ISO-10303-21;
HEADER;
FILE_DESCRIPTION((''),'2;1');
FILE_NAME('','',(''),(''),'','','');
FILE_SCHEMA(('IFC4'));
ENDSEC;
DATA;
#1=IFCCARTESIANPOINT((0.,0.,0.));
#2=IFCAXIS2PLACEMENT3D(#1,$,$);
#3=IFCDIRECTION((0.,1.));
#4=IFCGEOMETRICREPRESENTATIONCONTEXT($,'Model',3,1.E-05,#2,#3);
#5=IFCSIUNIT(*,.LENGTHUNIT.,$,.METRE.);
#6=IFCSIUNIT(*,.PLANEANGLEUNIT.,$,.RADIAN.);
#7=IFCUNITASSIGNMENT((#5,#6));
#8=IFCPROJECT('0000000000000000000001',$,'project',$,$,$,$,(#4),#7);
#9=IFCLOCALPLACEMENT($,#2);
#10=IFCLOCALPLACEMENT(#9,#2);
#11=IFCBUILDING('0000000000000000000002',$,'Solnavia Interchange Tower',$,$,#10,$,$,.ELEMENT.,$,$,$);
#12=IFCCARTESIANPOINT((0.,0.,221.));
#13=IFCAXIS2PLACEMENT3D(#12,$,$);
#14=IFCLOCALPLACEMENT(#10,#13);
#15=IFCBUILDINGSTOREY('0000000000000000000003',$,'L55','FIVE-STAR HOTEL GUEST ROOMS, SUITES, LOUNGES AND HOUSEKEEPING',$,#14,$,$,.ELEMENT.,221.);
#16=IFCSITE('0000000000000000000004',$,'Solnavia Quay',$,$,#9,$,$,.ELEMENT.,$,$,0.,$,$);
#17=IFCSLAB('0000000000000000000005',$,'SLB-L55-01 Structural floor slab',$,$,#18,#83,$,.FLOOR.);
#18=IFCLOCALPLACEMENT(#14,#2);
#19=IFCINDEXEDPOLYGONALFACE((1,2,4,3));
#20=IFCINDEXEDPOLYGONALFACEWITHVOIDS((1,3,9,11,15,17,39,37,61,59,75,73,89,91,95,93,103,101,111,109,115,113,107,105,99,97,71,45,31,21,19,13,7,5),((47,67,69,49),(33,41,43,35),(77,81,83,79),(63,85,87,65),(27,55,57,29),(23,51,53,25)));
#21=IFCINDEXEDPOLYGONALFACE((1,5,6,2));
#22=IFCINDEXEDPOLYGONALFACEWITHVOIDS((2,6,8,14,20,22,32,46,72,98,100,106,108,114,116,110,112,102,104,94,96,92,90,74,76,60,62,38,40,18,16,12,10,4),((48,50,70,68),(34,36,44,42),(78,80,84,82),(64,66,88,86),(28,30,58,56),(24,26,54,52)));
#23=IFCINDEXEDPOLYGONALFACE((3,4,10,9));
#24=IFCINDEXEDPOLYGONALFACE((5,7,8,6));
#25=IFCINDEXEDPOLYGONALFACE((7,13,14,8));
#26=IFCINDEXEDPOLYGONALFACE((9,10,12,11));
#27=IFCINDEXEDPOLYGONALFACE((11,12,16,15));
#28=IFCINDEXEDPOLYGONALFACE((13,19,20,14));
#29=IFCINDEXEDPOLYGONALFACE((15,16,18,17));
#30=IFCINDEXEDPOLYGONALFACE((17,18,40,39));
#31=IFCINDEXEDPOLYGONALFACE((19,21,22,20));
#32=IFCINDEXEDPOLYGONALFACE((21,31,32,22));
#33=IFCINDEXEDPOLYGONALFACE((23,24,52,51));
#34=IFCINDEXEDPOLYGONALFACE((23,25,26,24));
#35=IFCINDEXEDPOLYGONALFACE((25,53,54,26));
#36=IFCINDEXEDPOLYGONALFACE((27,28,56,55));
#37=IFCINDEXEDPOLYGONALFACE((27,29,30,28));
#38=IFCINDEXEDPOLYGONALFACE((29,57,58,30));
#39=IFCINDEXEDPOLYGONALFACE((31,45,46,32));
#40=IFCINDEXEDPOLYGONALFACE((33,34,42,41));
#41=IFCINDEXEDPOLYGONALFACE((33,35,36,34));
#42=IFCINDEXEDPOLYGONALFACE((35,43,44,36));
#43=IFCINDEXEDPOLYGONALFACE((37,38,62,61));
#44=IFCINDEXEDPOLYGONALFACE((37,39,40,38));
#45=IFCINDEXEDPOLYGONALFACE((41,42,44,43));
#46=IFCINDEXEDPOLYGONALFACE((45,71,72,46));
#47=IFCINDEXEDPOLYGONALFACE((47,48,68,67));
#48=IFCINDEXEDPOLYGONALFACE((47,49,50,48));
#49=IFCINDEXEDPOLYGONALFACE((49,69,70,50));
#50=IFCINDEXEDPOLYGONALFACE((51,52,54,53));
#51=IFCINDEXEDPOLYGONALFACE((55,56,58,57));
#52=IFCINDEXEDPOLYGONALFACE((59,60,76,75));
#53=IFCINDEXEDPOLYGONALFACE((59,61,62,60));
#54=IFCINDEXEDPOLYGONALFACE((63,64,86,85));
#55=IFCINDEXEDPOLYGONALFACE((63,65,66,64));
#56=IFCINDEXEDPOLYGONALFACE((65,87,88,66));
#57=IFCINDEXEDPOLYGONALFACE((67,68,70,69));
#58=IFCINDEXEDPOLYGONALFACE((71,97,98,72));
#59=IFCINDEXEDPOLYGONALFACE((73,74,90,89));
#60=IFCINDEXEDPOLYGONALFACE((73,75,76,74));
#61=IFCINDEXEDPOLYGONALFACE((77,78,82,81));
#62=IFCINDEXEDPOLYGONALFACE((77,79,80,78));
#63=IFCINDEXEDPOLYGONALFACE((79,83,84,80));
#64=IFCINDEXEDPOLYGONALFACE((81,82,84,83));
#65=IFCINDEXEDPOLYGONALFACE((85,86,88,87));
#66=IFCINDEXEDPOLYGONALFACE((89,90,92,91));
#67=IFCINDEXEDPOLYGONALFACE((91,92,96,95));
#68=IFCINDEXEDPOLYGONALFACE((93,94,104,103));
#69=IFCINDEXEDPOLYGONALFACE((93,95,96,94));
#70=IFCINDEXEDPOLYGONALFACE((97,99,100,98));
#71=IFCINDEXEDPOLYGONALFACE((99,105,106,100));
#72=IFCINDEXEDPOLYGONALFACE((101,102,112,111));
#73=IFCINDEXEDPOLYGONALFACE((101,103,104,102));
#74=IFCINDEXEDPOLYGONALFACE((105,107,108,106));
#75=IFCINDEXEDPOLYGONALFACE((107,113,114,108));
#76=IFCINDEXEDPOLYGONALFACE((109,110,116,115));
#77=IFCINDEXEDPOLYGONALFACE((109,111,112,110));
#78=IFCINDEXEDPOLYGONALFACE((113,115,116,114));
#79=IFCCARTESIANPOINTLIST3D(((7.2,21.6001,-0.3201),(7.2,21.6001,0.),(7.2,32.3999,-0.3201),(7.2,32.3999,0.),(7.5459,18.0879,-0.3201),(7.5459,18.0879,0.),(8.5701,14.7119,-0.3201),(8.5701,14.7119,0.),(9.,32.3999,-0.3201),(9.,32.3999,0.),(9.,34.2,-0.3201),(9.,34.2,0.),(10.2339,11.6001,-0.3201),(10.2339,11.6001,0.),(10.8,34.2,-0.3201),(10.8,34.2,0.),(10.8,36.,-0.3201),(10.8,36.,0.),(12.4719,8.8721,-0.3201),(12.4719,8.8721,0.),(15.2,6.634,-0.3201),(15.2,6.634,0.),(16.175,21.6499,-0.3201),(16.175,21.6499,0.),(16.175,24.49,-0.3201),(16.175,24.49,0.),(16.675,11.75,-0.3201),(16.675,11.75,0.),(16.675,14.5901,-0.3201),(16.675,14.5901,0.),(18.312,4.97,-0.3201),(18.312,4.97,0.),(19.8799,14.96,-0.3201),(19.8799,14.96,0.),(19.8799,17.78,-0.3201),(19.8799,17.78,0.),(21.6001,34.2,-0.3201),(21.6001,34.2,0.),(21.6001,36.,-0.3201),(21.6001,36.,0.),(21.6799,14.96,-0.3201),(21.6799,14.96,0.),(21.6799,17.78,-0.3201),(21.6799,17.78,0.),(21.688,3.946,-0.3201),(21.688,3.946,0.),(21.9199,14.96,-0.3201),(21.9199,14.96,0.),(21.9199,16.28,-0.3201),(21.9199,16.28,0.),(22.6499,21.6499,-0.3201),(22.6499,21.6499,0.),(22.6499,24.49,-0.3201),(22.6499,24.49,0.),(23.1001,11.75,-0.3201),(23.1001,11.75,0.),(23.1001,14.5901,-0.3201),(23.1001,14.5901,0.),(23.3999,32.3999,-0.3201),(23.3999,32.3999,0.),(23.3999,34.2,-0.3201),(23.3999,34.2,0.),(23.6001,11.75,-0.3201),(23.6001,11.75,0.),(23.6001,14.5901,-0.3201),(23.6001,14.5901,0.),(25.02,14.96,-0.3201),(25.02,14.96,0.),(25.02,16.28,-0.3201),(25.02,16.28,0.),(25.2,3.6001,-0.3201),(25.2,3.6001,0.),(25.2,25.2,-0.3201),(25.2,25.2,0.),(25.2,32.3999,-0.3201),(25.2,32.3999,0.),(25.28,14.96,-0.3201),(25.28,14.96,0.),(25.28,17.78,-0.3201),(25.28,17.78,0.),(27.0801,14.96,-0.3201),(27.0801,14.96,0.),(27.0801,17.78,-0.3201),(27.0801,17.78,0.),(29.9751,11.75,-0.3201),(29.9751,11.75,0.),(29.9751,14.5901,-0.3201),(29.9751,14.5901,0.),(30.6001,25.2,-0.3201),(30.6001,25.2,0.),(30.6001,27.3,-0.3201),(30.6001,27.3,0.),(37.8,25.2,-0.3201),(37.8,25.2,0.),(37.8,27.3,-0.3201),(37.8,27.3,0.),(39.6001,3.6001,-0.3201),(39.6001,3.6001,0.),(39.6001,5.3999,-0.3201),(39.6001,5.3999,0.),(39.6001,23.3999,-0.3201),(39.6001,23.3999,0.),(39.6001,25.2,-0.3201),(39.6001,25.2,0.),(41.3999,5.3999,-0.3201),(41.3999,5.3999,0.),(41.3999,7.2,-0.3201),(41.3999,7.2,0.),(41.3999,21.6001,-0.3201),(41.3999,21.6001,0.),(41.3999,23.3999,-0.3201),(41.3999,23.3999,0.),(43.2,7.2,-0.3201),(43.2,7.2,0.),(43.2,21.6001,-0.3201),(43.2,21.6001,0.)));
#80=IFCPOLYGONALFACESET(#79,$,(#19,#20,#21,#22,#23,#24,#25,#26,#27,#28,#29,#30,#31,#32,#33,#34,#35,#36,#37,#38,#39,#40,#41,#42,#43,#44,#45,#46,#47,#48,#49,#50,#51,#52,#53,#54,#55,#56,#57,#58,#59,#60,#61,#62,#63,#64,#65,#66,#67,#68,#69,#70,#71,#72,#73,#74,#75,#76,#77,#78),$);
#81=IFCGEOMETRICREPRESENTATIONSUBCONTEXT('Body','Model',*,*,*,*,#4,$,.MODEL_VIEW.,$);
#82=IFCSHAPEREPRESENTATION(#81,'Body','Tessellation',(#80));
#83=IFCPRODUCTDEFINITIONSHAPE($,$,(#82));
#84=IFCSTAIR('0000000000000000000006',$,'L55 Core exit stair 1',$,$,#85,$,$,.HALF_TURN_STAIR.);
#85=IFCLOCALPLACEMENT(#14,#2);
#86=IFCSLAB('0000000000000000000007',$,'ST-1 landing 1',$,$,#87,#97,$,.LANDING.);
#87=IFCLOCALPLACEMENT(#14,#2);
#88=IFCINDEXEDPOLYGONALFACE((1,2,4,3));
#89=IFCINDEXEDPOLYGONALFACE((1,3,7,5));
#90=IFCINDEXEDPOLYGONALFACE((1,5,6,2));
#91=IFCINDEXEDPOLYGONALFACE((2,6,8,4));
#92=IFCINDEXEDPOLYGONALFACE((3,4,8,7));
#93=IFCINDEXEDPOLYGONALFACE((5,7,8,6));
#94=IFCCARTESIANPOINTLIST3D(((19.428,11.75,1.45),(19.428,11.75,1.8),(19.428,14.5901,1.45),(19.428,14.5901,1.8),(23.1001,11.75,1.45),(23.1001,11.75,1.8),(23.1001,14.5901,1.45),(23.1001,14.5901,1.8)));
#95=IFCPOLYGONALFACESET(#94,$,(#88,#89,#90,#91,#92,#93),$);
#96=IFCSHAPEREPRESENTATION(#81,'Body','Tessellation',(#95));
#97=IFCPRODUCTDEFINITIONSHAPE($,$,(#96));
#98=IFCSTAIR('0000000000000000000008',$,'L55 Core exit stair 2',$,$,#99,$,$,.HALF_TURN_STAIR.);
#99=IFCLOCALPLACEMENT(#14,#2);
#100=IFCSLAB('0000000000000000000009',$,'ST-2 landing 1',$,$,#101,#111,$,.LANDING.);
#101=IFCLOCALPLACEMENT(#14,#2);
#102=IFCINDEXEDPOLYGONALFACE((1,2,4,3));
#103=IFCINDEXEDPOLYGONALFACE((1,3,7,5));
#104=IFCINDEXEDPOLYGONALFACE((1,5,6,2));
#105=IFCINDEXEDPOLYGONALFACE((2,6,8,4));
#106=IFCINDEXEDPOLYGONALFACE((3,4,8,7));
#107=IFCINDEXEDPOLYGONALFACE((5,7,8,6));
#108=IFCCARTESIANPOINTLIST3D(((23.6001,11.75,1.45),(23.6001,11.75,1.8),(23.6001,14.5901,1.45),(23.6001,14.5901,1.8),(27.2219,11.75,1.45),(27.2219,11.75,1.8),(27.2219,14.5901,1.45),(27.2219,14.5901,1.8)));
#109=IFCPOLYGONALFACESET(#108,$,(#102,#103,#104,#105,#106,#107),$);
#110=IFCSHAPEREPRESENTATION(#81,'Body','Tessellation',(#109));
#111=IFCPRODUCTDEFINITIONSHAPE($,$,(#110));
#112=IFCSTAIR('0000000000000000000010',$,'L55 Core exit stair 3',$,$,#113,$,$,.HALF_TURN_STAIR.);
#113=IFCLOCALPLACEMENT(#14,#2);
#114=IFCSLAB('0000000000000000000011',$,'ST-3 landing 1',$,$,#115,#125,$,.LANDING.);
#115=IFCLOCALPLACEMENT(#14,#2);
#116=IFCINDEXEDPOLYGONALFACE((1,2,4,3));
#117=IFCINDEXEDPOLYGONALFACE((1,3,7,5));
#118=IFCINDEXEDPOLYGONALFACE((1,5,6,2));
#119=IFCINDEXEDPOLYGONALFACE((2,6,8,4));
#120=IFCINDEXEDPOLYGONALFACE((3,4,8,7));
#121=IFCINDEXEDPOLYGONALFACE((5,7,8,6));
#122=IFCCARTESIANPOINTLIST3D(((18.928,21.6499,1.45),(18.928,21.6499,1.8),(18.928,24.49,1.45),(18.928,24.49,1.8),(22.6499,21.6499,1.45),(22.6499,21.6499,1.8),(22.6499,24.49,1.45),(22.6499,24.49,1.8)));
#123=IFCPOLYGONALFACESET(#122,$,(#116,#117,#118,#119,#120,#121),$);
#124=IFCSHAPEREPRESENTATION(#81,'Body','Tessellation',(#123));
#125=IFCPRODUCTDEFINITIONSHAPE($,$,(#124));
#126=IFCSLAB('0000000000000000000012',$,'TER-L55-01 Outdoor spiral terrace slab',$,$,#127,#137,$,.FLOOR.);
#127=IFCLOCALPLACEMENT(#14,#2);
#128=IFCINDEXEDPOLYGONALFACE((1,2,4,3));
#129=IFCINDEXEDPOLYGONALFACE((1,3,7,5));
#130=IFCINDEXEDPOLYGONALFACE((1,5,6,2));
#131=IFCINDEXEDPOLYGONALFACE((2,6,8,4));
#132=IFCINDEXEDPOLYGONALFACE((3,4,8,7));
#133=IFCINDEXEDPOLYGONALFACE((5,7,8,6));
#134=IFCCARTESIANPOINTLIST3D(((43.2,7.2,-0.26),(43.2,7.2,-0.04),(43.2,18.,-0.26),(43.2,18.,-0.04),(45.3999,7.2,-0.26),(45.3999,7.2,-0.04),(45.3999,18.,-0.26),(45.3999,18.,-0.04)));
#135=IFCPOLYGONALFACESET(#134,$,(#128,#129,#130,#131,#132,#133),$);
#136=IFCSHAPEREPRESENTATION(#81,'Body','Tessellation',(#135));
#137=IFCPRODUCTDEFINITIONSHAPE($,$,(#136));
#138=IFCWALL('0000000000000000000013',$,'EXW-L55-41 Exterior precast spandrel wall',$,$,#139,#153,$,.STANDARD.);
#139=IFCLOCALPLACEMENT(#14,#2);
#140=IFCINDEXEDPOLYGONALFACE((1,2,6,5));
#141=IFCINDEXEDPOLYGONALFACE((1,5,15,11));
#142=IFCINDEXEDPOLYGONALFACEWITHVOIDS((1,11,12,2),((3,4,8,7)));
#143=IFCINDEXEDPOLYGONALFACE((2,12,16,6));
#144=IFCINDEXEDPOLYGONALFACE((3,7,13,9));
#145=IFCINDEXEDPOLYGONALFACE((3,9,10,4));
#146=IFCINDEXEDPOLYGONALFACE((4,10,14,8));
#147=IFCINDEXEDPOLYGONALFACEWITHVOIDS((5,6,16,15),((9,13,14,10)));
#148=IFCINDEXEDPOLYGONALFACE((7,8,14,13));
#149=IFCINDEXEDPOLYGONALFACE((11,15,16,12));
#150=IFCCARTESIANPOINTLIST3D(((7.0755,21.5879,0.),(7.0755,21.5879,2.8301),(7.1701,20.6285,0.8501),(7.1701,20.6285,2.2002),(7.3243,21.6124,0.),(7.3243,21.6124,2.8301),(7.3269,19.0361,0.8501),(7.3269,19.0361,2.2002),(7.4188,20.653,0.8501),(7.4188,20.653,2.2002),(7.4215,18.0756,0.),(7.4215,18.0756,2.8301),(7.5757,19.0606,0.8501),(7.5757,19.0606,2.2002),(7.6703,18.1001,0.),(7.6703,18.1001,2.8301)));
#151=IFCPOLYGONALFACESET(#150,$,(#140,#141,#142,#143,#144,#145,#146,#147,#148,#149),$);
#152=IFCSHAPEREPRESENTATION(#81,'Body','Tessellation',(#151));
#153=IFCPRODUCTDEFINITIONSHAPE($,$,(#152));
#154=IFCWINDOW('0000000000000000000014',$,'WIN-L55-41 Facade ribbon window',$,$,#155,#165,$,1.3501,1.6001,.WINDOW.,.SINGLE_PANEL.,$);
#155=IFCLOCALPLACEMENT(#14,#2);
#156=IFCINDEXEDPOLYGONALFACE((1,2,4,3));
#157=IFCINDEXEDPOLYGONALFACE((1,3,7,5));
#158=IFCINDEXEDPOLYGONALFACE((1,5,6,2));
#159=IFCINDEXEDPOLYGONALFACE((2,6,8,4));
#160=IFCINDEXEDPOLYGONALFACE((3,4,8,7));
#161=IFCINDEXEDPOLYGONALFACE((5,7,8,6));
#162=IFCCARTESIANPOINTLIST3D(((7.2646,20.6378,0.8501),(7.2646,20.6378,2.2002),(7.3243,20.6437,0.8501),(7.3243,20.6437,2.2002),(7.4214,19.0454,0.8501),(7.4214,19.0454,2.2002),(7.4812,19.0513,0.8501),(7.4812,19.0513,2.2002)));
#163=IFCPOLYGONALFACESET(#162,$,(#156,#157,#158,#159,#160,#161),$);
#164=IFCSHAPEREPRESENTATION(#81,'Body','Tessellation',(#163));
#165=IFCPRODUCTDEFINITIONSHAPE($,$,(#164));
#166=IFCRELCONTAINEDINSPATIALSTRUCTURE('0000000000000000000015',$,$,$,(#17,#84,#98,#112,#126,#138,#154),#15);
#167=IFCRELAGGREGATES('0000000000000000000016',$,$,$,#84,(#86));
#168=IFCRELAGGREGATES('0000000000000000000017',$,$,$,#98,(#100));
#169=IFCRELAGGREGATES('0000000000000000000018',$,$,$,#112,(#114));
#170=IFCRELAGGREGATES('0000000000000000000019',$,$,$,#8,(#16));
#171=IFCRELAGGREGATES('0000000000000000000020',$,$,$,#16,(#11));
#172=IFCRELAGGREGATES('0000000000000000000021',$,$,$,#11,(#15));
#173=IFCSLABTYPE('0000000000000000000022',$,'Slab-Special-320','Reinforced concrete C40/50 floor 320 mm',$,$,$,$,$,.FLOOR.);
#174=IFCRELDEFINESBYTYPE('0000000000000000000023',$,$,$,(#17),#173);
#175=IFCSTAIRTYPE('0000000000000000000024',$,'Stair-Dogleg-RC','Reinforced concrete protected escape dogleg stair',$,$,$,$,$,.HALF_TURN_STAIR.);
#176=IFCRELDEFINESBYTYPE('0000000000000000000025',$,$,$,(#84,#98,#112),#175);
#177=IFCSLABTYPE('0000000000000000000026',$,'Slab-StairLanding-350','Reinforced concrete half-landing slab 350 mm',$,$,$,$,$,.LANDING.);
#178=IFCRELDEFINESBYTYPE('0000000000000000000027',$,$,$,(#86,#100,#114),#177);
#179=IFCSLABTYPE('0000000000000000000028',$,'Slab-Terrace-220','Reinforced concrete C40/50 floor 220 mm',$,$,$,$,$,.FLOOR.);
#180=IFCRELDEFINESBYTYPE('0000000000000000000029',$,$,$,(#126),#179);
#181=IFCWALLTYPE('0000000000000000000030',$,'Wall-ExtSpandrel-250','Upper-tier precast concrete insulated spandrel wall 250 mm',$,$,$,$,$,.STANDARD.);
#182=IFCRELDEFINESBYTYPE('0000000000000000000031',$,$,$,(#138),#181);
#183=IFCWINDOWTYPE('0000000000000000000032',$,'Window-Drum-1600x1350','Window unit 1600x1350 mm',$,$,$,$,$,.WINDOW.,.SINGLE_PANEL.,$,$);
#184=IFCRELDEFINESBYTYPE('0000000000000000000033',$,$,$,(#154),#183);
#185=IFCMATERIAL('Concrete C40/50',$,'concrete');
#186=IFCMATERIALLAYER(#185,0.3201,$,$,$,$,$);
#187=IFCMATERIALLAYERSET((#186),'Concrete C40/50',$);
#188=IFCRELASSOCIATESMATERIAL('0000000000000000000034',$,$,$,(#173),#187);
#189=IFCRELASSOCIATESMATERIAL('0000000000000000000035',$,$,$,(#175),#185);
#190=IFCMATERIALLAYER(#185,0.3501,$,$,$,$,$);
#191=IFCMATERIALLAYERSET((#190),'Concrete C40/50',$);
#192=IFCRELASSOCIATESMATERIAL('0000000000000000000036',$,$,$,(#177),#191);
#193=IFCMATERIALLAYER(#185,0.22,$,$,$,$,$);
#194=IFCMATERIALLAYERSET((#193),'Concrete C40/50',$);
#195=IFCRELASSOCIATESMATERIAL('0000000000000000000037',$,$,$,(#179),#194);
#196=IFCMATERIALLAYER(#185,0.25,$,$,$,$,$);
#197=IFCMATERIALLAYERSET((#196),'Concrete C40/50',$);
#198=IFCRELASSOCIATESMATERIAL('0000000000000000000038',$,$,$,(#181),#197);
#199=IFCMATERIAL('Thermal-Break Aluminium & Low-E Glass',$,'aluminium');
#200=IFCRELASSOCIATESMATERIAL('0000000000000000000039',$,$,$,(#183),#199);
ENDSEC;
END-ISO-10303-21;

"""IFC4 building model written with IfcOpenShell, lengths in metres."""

from ifc_helpers import new_model, si_unit, direction, frame, frame_2d, origin, place, context, subcontext, project, spatial, polyline, rectangle, outline, extrude, material, layer, layer_set, type_object, element, fill, aggregate, save


model = new_model("IFC4")

# Units and contexts
model_context = context("Model", 3, precision=1e-05, world=origin(), true_north=direction((0.0, 1.0)))
body_context = subcontext(model_context, "Body", "Model", "MODEL_VIEW")
ifc_project = project(units=[si_unit("LENGTHUNIT", "METRE"), si_unit("PLANEANGLEUNIT", "RADIAN")], contexts=[model_context])

# Site, building, storey
site_placement = place(None, origin())
site = spatial("IfcSite", under=ifc_project, at=site_placement, Name="Solnavia Quay", CompositionType="ELEMENT", RefElevation=0.0)
building_placement = place(site_placement, origin())
building = spatial("IfcBuilding", under=site, at=building_placement, Name="Solnavia Interchange Tower", CompositionType="ELEMENT")
storey_placement = place(building_placement, frame((0.0, 0.0, 221.0)))
storey = spatial("IfcBuildingStorey", under=building, at=storey_placement, Name="L55", Description="FIVE-STAR HOTEL GUEST ROOMS, SUITES, LOUNGES AND HOUSEKEEPING", CompositionType="ELEMENT", Elevation=221.0)

# Slab
ifc_material_1 = material(Name="Concrete C40/50", Category="concrete")
ifc_layer_1 = layer(ifc_material_1, 0.3201)
ifc_layer_set_1 = layer_set([ifc_layer_1], Name="Concrete C40/50")
slab_type_1 = type_object("IfcSlabType", Name="Slab-Special-320", Description="Reinforced concrete C40/50 floor 320 mm", PredefinedType="FLOOR", material=ifc_layer_set_1)
slab_1_placement = place(storey_placement, frame((0.0, 0.0, -0.3201)))
element("IfcSlab", 1, at=slab_1_placement, inside=storey, type_object=slab_type_1, Name="SLB-L55-01 Structural floor slab", PredefinedType="FLOOR", context=body_context, shape_type="SweptSolid", body=[
    extrude(outline(polyline([(25.2, 3.6001), (39.6001, 3.6001), (39.6001, 5.3999), (41.3999, 5.3999), (41.3999, 7.2), (43.2, 7.2), (43.2, 21.6001), (41.3999, 21.6001), (41.3999, 23.3999), (39.6001, 23.3999), (39.6001, 25.2), (37.8, 25.2), (37.8, 27.3), (30.6001, 27.3), (30.6001, 25.2), (25.2, 25.2), (25.2, 32.3999), (23.3999, 32.3999), (23.3999, 34.2), (21.6001, 34.2), (21.6001, 36.0), (10.8, 36.0), (10.8, 34.2), (9.0, 34.2), (9.0, 32.3999), (7.2, 32.3999), (7.2, 21.6001), (7.5459, 18.0879), (8.5701, 14.7119), (10.2339, 11.6001), (12.4719, 8.8721), (15.2, 6.634), (18.312, 4.97), (21.688, 3.946), (25.2, 3.6001)]), holes=[polyline([(16.675, 11.75), (23.1001, 11.75), (23.1001, 14.5901), (16.675, 14.5901), (16.675, 11.75)]), polyline([(23.6001, 11.75), (29.9751, 11.75), (29.9751, 14.5901), (23.6001, 14.5901), (23.6001, 11.75)]), polyline([(16.175, 21.6499), (22.6499, 21.6499), (22.6499, 24.49), (16.175, 24.49), (16.175, 21.6499)]), polyline([(19.8799, 14.96), (21.6799, 14.96), (21.6799, 17.78), (19.8799, 17.78), (19.8799, 14.96)]), polyline([(25.28, 14.96), (27.0801, 14.96), (27.0801, 17.78), (25.28, 17.78), (25.28, 14.96)]), polyline([(21.9199, 14.96), (25.02, 14.96), (25.02, 16.28), (21.9199, 16.28), (21.9199, 14.96)])]), origin(), (0.0, 0.0, 1.0), 0.3201),
])

# Stairs, slabs
stair_type = type_object("IfcStairType", Name="Stair-Dogleg-RC", Description="Reinforced concrete protected escape dogleg stair", PredefinedType="HALF_TURN_STAIR", material=ifc_material_1)
stair_1_placement = place(storey_placement, origin())
stair_1 = element("IfcStair", 2, at=stair_1_placement, inside=storey, type_object=stair_type, Name="L55 Core exit stair 1", PredefinedType="HALF_TURN_STAIR")
ifc_layer_2 = layer(ifc_material_1, 0.3501)
ifc_layer_set_2 = layer_set([ifc_layer_2], Name="Concrete C40/50")
slab_type_2 = type_object("IfcSlabType", Name="Slab-StairLanding-350", Description="Reinforced concrete half-landing slab 350 mm", PredefinedType="LANDING", material=ifc_layer_set_2)
slab_2_placement = place(storey_placement, frame((0.0, 0.0, 1.45)))
slab_2 = element("IfcSlab", 3, at=slab_2_placement, type_object=slab_type_2, Name="ST-1 landing 1", PredefinedType="LANDING", context=body_context, shape_type="SweptSolid", body=[
    extrude(outline(polyline([(19.428, 11.75), (23.1001, 11.75), (23.1001, 14.5901), (19.428, 14.5901), (19.428, 11.75)])), origin(), (0.0, 0.0, 1.0), 0.3501),
])
aggregate(stair_1, [slab_2])
stair_2_placement = place(storey_placement, origin())
stair_2 = element("IfcStair", 4, at=stair_2_placement, inside=storey, type_object=stair_type, Name="L55 Core exit stair 2", PredefinedType="HALF_TURN_STAIR")
slab_3_placement = place(storey_placement, frame((0.0, 0.0, 1.45)))
slab_3 = element("IfcSlab", 5, at=slab_3_placement, type_object=slab_type_2, Name="ST-2 landing 1", PredefinedType="LANDING", context=body_context, shape_type="SweptSolid", body=[
    extrude(outline(polyline([(23.6001, 11.75), (27.2219, 11.75), (27.2219, 14.5901), (23.6001, 14.5901), (23.6001, 11.75)])), origin(), (0.0, 0.0, 1.0), 0.3501),
])
aggregate(stair_2, [slab_3])
stair_3_placement = place(storey_placement, origin())
stair_3 = element("IfcStair", 6, at=stair_3_placement, inside=storey, type_object=stair_type, Name="L55 Core exit stair 3", PredefinedType="HALF_TURN_STAIR")
slab_4_placement = place(storey_placement, frame((0.0, 0.0, 1.45)))
slab_4 = element("IfcSlab", 7, at=slab_4_placement, type_object=slab_type_2, Name="ST-3 landing 1", PredefinedType="LANDING", context=body_context, shape_type="SweptSolid", body=[
    extrude(outline(polyline([(18.928, 21.6499), (22.6499, 21.6499), (22.6499, 24.49), (18.928, 24.49), (18.928, 21.6499)])), origin(), (0.0, 0.0, 1.0), 0.3501),
])
aggregate(stair_3, [slab_4])

# Slab
ifc_layer_3 = layer(ifc_material_1, 0.22)
ifc_layer_set_3 = layer_set([ifc_layer_3], Name="Concrete C40/50")
slab_type_3 = type_object("IfcSlabType", Name="Slab-Terrace-220", Description="Reinforced concrete C40/50 floor 220 mm", PredefinedType="FLOOR", material=ifc_layer_set_3)
slab_5_placement = place(storey_placement, frame((0.0, 0.0, -0.26)))
element("IfcSlab", 8, at=slab_5_placement, inside=storey, type_object=slab_type_3, Name="TER-L55-01 Outdoor spiral terrace slab", PredefinedType="FLOOR", context=body_context, shape_type="SweptSolid", body=[
    extrude(outline(polyline([(43.2, 7.2), (45.3999, 7.2), (45.3999, 18.0), (43.2, 18.0), (43.2, 7.2)])), origin(), (0.0, 0.0, 1.0), 0.22),
])

# Wall, opening, window
ifc_layer_4 = layer(ifc_material_1, 0.25)
ifc_layer_set_4 = layer_set([ifc_layer_4], Name="Concrete C40/50")
wall_type_1 = type_object("IfcWallType", Name="Wall-ExtSpandrel-250", Description="Upper-tier precast concrete insulated spandrel wall 250 mm", PredefinedType="STANDARD", material=ifc_layer_set_4)
wall_1_placement = place(storey_placement, frame((7.5459, 18.0879, 0.0), z_axis=(0.0, 0.0, 1.0), x_axis=(-0.098024, 0.995184, 0.0)))
wall_1 = element("IfcWall", 9, at=wall_1_placement, inside=storey, type_object=wall_type_1, Name="EXW-L55-41 Exterior precast spandrel wall", PredefinedType="STANDARD", context=body_context, shape_type="SweptSolid", body=[
    extrude(rectangle(XDim=3.5293, YDim=0.25, at=frame_2d((1.7646, 0.0))), origin(), (0.0, 0.0, 1.0), 2.8301),
])
opening_1_placement = place(wall_1_placement, frame((0.9651, 0.0, 0.8501)))
opening_1 = element("IfcOpeningElement", 10, at=opening_1_placement, cuts=wall_1, PredefinedType="OPENING", context=body_context, shape_type="SweptSolid", body=[
    extrude(rectangle(XDim=1.6001, YDim=1.3501, at=frame_2d((0.8, 0.675))), frame((0.0, 0.135, 0.0), z_axis=(0.0, -1.0, 0.0), x_axis=(1.0, 0.0, 0.0)), (0.0, 0.0, 1.0), 0.27),
])
ifc_material_2 = material(Name="Thermal-Break Aluminium & Low-E Glass", Category="aluminium")
window_type = type_object("IfcWindowType", Name="Window-Drum-1600x1350", Description="Window unit 1600x1350 mm", PartitioningType="SINGLE_PANEL", PredefinedType="WINDOW", material=ifc_material_2)
window_1_placement = place(opening_1_placement, origin())
window_1 = element("IfcWindow", 11, at=window_1_placement, inside=storey, type_object=window_type, Name="WIN-L55-41 Facade ribbon window", OverallHeight=1.3501, OverallWidth=1.6001, PartitioningType="SINGLE_PANEL", PredefinedType="WINDOW", context=body_context, shape_type="SweptSolid", body=[
    extrude(rectangle(XDim=1.6001, YDim=1.3501, at=frame_2d((0.8, 0.675))), frame((0.0, 0.03, 0.0), z_axis=(0.0, -1.0, 0.0), x_axis=(1.0, 0.0, 0.0)), (0.0, 0.0, 1.0), 0.0601),
])
fill(opening_1, window_1)

save(model, "model.ifc")
